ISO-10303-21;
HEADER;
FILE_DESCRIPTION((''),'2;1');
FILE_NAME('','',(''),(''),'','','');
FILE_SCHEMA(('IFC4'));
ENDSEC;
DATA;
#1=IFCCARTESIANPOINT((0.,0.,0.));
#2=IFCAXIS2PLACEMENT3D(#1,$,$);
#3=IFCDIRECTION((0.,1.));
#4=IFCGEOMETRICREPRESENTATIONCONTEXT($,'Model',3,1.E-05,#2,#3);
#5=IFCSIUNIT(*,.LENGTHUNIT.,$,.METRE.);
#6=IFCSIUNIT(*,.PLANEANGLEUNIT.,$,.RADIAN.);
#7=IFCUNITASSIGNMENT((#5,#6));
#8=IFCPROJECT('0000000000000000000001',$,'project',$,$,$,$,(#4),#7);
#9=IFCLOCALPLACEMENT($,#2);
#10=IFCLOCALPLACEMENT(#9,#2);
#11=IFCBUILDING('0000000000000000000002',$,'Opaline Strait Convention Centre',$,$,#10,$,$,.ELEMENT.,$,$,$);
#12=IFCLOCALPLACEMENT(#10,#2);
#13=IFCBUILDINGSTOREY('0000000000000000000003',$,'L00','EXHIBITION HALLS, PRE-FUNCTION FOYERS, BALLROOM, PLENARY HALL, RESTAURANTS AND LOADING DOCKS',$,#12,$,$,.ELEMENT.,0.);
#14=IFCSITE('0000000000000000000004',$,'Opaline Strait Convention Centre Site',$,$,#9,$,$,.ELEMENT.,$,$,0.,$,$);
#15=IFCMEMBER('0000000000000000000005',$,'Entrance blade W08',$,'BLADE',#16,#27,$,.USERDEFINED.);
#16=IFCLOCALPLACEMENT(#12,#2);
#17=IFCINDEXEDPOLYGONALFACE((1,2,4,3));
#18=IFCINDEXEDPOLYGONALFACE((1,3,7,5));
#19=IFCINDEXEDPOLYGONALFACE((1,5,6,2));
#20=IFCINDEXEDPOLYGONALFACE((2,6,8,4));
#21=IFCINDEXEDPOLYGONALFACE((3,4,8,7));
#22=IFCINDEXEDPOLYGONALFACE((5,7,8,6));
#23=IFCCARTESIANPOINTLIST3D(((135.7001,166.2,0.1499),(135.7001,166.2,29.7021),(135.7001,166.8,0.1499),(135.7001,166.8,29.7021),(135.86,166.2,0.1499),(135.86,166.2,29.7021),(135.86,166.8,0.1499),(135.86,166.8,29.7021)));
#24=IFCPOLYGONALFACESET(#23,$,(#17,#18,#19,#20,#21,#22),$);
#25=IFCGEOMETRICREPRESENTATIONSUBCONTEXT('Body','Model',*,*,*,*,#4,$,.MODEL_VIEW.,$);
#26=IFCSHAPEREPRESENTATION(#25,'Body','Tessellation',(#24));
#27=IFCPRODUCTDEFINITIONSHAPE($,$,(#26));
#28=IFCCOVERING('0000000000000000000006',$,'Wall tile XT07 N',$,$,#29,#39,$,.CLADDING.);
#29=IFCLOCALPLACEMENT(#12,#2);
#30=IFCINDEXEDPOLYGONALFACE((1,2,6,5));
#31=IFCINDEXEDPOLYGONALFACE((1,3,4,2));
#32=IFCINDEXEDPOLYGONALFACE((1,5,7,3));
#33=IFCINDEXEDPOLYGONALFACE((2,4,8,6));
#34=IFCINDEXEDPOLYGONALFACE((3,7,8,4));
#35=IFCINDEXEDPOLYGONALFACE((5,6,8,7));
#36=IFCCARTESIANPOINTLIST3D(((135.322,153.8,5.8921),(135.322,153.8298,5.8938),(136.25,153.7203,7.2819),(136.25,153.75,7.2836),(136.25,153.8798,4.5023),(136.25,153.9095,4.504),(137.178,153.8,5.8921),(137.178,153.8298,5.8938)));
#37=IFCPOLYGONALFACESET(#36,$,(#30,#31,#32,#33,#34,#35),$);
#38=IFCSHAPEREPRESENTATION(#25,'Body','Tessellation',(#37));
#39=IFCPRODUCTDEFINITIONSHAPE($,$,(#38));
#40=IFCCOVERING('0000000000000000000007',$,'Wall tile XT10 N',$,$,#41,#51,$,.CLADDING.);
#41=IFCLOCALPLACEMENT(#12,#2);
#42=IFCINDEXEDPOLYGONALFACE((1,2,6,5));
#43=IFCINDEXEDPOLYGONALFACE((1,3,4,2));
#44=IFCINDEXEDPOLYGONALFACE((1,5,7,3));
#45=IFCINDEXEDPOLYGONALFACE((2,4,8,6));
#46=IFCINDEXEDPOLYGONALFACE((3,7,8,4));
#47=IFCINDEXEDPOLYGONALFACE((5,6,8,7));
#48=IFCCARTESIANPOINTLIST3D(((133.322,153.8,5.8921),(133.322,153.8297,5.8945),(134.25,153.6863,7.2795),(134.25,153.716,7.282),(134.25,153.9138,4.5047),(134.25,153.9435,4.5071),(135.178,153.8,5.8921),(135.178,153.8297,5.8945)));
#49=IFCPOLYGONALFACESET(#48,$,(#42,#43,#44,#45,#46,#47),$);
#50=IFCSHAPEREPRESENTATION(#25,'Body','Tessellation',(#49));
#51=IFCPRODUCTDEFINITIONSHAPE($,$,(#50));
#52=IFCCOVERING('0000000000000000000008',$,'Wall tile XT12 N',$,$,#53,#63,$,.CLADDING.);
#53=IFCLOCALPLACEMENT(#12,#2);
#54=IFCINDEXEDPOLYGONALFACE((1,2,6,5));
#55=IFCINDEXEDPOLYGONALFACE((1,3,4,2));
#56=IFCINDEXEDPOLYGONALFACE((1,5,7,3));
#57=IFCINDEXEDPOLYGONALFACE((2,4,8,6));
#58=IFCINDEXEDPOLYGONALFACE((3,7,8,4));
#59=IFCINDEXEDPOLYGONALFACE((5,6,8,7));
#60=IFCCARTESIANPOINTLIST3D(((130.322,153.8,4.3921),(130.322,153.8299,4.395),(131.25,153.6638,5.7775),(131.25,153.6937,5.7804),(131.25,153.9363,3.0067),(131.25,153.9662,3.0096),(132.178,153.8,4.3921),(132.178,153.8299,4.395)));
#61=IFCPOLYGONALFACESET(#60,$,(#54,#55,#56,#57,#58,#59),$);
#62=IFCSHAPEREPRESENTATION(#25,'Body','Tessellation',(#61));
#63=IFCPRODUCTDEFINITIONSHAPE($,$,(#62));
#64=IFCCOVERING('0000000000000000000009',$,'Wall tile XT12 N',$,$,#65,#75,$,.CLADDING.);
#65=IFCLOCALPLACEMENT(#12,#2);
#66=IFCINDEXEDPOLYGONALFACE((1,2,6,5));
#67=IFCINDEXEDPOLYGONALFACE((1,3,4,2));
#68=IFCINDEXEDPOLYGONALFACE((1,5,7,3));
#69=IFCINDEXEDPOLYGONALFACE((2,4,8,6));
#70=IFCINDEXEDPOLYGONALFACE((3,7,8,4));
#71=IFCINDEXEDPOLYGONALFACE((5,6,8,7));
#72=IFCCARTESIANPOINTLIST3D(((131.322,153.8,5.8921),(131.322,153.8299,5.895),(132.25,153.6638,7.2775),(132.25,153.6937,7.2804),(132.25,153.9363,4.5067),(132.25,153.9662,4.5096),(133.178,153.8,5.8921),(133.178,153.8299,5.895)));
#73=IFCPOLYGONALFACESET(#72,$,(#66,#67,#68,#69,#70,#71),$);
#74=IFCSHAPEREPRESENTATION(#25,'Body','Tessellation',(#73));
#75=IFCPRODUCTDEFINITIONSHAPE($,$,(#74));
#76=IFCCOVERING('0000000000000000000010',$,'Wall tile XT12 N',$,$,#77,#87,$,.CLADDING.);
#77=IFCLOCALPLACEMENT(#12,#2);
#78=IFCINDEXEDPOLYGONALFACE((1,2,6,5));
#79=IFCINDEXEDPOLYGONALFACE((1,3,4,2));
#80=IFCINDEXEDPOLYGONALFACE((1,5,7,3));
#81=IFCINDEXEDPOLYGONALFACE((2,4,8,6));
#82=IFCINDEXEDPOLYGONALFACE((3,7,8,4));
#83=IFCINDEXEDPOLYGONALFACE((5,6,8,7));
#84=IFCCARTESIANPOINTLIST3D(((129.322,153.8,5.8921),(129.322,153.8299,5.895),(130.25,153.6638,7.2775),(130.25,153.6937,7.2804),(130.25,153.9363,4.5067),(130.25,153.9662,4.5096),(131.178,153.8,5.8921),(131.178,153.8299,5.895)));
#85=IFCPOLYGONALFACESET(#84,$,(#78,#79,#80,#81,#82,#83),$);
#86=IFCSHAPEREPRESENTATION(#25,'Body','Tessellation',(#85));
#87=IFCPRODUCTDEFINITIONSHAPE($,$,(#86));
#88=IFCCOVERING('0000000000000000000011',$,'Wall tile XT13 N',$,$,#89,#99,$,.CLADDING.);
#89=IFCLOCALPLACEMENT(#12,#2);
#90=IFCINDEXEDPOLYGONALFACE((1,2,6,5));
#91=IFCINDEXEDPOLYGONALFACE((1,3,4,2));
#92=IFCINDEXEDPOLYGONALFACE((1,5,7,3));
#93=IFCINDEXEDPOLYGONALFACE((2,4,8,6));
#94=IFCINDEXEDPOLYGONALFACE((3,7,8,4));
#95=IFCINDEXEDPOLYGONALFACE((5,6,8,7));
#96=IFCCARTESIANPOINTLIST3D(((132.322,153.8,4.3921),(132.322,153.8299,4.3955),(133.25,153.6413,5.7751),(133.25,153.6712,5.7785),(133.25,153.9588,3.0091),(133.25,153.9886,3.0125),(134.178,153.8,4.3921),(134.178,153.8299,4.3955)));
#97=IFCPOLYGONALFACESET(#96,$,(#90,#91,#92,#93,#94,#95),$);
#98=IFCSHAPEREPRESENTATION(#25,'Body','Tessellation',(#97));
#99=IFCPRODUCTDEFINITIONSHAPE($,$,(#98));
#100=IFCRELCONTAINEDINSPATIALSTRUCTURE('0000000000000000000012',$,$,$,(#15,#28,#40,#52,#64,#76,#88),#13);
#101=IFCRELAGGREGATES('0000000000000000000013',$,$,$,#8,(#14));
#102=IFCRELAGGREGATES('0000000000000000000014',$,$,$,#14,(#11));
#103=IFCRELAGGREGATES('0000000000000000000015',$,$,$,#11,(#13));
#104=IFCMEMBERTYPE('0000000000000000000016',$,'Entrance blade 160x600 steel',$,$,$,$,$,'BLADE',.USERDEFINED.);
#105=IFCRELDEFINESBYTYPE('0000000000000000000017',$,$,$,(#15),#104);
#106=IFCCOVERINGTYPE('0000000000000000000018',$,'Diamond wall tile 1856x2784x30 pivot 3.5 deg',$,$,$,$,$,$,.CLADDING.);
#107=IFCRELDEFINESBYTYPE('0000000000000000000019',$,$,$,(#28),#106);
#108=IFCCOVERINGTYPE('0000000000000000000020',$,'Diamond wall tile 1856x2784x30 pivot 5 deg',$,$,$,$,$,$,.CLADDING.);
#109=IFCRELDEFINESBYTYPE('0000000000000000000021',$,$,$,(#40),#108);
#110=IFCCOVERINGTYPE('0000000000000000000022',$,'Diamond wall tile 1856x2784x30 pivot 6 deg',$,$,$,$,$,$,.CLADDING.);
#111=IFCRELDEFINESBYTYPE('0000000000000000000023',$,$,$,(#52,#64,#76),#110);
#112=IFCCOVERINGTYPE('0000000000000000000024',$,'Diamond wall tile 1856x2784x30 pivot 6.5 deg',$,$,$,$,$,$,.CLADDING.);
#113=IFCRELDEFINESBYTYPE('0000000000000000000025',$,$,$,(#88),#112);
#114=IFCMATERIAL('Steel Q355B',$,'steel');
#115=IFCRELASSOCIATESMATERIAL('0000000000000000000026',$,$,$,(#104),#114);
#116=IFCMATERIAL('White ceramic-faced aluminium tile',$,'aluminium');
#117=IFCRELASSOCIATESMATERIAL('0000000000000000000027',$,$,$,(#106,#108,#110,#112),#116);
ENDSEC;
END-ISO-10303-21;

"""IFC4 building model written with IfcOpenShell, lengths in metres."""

from ifc_helpers import new_model, si_unit, direction, frame, origin, origin_2d, place, context, subcontext, project, spatial, polyline, rectangle, outline, extrude, material, material_profile, profile_set, type_object, element, save


model = new_model("IFC4")

# Units and contexts
model_context = context("Model", 3, precision=1e-05, world=origin(), true_north=direction((0.0, 1.0)))
body_context = subcontext(model_context, "Body", "Model", "MODEL_VIEW")
ifc_project = project(units=[si_unit("LENGTHUNIT", "METRE"), si_unit("PLANEANGLEUNIT", "RADIAN")], contexts=[model_context])

# Site, building, storey
site_placement = place(None, origin())
site = spatial("IfcSite", under=ifc_project, at=site_placement, Name="Opaline Strait Convention Centre Site", CompositionType="ELEMENT", RefElevation=0.0)
building_placement = place(site_placement, origin())
building = spatial("IfcBuilding", under=site, at=building_placement, Name="Opaline Strait Convention Centre", CompositionType="ELEMENT")
storey_placement = place(building_placement, origin())
storey = spatial("IfcBuildingStorey", under=building, at=storey_placement, Name="L00", Description="EXHIBITION HALLS, PRE-FUNCTION FOYERS, BALLROOM, PLENARY HALL, RESTAURANTS AND LOADING DOCKS", CompositionType="ELEMENT", Elevation=0.0)

# Shared definitions
ifc_material_1 = material(Name="Steel Q355B", Category="steel")

# Member
ifc_material_profile_1 = material_profile(ifc_material_1, rectangle(XDim=0.1599, YDim=0.6001, at=origin_2d()), Name="BAR 160x600")
ifc_profile_set_1 = profile_set([ifc_material_profile_1], Name="Steel Q355B")
member_type = type_object("IfcMemberType", Name="Entrance blade 160x600 steel", ElementType="BLADE", PredefinedType="USERDEFINED", material=ifc_profile_set_1)
member_1_placement = place(storey_placement, frame((135.78, 166.5, 0.1499), z_axis=(0.0, 0.0, 1.0), x_axis=(1.0, 0.0, 0.0)))
element("IfcMember", 1, at=member_1_placement, inside=storey, type_object=member_type, Name="Entrance blade W08", ObjectType="BLADE", PredefinedType="USERDEFINED", context=body_context, shape_type="SweptSolid", body=[
    extrude(rectangle(XDim=0.1599, YDim=0.6001, at=origin_2d()), origin(), (0.0, 0.0, 1.0), 29.5522),
])

# Coverings
ifc_material_2 = material(Name="White ceramic-faced aluminium tile", Category="aluminium")
ifc_material_profile_2 = material_profile(ifc_material_2, outline(polyline([(0.928, 0.0), (0.0, 1.3921), (-0.928, 0.0), (0.0, -1.3921), (0.928, 0.0)])), Name="Diamond tile 1856x2784")
ifc_profile_set_2 = profile_set([ifc_material_profile_2], Name="White ceramic-faced aluminium tile")
covering_type_1 = type_object("IfcCoveringType", Name="Diamond wall tile 1856x2784x30 pivot 3.5 deg", PredefinedType="CLADDING", material=ifc_profile_set_2)
covering_1_placement = place(storey_placement, frame((136.25, 153.8, 5.8921), z_axis=(0.0, 0.998358, 0.057283), x_axis=(-1.0, 0.0, 0.0)))
element("IfcCovering", 2, at=covering_1_placement, inside=storey, type_object=covering_type_1, Name="Wall tile XT07 N", PredefinedType="CLADDING", context=body_context, shape_type="SweptSolid", body=[
    extrude(outline(polyline([(0.928, 0.0), (0.0, 1.3921), (-0.928, 0.0), (0.0, -1.3921), (0.928, 0.0)])), origin(), (0.0, 0.0, 1.0), 0.0298),
])
ifc_material_profile_3 = material_profile(ifc_material_2, outline(polyline([(0.928, 0.0), (0.0, 1.3921), (-0.928, 0.0), (0.0, -1.3921), (0.928, 0.0)])), Name="Diamond tile 1856x2784")
ifc_profile_set_3 = profile_set([ifc_material_profile_3], Name="White ceramic-faced aluminium tile")
covering_type_2 = type_object("IfcCoveringType", Name="Diamond wall tile 1856x2784x30 pivot 5 deg", PredefinedType="CLADDING", material=ifc_profile_set_3)
covering_2_placement = place(storey_placement, frame((134.25, 153.8, 5.8921), z_axis=(0.0, 0.996658, 0.081693), x_axis=(-1.0, 0.0, 0.0)))
element("IfcCovering", 3, at=covering_2_placement, inside=storey, type_object=covering_type_2, Name="Wall tile XT10 N", PredefinedType="CLADDING", context=body_context, shape_type="SweptSolid", body=[
    extrude(outline(polyline([(0.928, 0.0), (0.0, 1.3921), (-0.928, 0.0), (0.0, -1.3921), (0.928, 0.0)])), origin(), (0.0, 0.0, 1.0), 0.0298),
])
ifc_material_profile_4 = material_profile(ifc_material_2, outline(polyline([(0.928, 0.0), (0.0, 1.3921), (-0.928, 0.0), (0.0, -1.3921), (0.928, 0.0)])), Name="Diamond tile 1856x2784")
ifc_profile_set_4 = profile_set([ifc_material_profile_4], Name="White ceramic-faced aluminium tile")
covering_type_3 = type_object("IfcCoveringType", Name="Diamond wall tile 1856x2784x30 pivot 6 deg", PredefinedType="CLADDING", material=ifc_profile_set_4)
for number, where, z_axis, x_axis, name in (
    (4, (131.25, 153.8, 4.3921), (0.0, 0.995197, 0.097888), (-1.0, 0.0, 0.0), "Wall tile XT12 N"),
    (5, (132.25, 153.8, 5.8921), (0.0, 0.995197, 0.097888), (-1.0, 0.0, 0.0), "Wall tile XT12 N"),
    (6, (130.25, 153.8, 5.8921), (0.0, 0.995197, 0.097888), (-1.0, 0.0, 0.0), "Wall tile XT12 N"),
):
    element("IfcCovering", number, at=place(storey_placement, frame(where, z_axis=z_axis, x_axis=x_axis)), inside=storey, type_object=covering_type_3, Name=name, PredefinedType="CLADDING", context=body_context, shape_type="SweptSolid", body=[
        extrude(outline(polyline([(0.928, 0.0), (0.0, 1.3921), (-0.928, 0.0), (0.0, -1.3921), (0.928, 0.0)])), origin(), (0.0, 0.0, 1.0), 0.03),
    ])
ifc_material_profile_5 = material_profile(ifc_material_2, outline(polyline([(0.928, 0.0), (0.0, 1.3921), (-0.928, 0.0), (0.0, -1.3921), (0.928, 0.0)])), Name="Diamond tile 1856x2784")
ifc_profile_set_5 = profile_set([ifc_material_profile_5], Name="White ceramic-faced aluminium tile")
covering_type_4 = type_object("IfcCoveringType", Name="Diamond wall tile 1856x2784x30 pivot 6.5 deg", PredefinedType="CLADDING", material=ifc_profile_set_5)
covering_3_placement = place(storey_placement, frame((133.25, 153.8, 4.3921), z_axis=(0.0, 0.99348, 0.114006), x_axis=(-1.0, 0.0, 0.0)))
element("IfcCovering", 7, at=covering_3_placement, inside=storey, type_object=covering_type_4, Name="Wall tile XT13 N", PredefinedType="CLADDING", context=body_context, shape_type="SweptSolid", body=[
    extrude(outline(polyline([(0.928, 0.0), (0.0, 1.3921), (-0.928, 0.0), (0.0, -1.3921), (0.928, 0.0)])), origin(), (0.0, 0.0, 1.0), 0.03),
])

save(model, "model.ifc")
